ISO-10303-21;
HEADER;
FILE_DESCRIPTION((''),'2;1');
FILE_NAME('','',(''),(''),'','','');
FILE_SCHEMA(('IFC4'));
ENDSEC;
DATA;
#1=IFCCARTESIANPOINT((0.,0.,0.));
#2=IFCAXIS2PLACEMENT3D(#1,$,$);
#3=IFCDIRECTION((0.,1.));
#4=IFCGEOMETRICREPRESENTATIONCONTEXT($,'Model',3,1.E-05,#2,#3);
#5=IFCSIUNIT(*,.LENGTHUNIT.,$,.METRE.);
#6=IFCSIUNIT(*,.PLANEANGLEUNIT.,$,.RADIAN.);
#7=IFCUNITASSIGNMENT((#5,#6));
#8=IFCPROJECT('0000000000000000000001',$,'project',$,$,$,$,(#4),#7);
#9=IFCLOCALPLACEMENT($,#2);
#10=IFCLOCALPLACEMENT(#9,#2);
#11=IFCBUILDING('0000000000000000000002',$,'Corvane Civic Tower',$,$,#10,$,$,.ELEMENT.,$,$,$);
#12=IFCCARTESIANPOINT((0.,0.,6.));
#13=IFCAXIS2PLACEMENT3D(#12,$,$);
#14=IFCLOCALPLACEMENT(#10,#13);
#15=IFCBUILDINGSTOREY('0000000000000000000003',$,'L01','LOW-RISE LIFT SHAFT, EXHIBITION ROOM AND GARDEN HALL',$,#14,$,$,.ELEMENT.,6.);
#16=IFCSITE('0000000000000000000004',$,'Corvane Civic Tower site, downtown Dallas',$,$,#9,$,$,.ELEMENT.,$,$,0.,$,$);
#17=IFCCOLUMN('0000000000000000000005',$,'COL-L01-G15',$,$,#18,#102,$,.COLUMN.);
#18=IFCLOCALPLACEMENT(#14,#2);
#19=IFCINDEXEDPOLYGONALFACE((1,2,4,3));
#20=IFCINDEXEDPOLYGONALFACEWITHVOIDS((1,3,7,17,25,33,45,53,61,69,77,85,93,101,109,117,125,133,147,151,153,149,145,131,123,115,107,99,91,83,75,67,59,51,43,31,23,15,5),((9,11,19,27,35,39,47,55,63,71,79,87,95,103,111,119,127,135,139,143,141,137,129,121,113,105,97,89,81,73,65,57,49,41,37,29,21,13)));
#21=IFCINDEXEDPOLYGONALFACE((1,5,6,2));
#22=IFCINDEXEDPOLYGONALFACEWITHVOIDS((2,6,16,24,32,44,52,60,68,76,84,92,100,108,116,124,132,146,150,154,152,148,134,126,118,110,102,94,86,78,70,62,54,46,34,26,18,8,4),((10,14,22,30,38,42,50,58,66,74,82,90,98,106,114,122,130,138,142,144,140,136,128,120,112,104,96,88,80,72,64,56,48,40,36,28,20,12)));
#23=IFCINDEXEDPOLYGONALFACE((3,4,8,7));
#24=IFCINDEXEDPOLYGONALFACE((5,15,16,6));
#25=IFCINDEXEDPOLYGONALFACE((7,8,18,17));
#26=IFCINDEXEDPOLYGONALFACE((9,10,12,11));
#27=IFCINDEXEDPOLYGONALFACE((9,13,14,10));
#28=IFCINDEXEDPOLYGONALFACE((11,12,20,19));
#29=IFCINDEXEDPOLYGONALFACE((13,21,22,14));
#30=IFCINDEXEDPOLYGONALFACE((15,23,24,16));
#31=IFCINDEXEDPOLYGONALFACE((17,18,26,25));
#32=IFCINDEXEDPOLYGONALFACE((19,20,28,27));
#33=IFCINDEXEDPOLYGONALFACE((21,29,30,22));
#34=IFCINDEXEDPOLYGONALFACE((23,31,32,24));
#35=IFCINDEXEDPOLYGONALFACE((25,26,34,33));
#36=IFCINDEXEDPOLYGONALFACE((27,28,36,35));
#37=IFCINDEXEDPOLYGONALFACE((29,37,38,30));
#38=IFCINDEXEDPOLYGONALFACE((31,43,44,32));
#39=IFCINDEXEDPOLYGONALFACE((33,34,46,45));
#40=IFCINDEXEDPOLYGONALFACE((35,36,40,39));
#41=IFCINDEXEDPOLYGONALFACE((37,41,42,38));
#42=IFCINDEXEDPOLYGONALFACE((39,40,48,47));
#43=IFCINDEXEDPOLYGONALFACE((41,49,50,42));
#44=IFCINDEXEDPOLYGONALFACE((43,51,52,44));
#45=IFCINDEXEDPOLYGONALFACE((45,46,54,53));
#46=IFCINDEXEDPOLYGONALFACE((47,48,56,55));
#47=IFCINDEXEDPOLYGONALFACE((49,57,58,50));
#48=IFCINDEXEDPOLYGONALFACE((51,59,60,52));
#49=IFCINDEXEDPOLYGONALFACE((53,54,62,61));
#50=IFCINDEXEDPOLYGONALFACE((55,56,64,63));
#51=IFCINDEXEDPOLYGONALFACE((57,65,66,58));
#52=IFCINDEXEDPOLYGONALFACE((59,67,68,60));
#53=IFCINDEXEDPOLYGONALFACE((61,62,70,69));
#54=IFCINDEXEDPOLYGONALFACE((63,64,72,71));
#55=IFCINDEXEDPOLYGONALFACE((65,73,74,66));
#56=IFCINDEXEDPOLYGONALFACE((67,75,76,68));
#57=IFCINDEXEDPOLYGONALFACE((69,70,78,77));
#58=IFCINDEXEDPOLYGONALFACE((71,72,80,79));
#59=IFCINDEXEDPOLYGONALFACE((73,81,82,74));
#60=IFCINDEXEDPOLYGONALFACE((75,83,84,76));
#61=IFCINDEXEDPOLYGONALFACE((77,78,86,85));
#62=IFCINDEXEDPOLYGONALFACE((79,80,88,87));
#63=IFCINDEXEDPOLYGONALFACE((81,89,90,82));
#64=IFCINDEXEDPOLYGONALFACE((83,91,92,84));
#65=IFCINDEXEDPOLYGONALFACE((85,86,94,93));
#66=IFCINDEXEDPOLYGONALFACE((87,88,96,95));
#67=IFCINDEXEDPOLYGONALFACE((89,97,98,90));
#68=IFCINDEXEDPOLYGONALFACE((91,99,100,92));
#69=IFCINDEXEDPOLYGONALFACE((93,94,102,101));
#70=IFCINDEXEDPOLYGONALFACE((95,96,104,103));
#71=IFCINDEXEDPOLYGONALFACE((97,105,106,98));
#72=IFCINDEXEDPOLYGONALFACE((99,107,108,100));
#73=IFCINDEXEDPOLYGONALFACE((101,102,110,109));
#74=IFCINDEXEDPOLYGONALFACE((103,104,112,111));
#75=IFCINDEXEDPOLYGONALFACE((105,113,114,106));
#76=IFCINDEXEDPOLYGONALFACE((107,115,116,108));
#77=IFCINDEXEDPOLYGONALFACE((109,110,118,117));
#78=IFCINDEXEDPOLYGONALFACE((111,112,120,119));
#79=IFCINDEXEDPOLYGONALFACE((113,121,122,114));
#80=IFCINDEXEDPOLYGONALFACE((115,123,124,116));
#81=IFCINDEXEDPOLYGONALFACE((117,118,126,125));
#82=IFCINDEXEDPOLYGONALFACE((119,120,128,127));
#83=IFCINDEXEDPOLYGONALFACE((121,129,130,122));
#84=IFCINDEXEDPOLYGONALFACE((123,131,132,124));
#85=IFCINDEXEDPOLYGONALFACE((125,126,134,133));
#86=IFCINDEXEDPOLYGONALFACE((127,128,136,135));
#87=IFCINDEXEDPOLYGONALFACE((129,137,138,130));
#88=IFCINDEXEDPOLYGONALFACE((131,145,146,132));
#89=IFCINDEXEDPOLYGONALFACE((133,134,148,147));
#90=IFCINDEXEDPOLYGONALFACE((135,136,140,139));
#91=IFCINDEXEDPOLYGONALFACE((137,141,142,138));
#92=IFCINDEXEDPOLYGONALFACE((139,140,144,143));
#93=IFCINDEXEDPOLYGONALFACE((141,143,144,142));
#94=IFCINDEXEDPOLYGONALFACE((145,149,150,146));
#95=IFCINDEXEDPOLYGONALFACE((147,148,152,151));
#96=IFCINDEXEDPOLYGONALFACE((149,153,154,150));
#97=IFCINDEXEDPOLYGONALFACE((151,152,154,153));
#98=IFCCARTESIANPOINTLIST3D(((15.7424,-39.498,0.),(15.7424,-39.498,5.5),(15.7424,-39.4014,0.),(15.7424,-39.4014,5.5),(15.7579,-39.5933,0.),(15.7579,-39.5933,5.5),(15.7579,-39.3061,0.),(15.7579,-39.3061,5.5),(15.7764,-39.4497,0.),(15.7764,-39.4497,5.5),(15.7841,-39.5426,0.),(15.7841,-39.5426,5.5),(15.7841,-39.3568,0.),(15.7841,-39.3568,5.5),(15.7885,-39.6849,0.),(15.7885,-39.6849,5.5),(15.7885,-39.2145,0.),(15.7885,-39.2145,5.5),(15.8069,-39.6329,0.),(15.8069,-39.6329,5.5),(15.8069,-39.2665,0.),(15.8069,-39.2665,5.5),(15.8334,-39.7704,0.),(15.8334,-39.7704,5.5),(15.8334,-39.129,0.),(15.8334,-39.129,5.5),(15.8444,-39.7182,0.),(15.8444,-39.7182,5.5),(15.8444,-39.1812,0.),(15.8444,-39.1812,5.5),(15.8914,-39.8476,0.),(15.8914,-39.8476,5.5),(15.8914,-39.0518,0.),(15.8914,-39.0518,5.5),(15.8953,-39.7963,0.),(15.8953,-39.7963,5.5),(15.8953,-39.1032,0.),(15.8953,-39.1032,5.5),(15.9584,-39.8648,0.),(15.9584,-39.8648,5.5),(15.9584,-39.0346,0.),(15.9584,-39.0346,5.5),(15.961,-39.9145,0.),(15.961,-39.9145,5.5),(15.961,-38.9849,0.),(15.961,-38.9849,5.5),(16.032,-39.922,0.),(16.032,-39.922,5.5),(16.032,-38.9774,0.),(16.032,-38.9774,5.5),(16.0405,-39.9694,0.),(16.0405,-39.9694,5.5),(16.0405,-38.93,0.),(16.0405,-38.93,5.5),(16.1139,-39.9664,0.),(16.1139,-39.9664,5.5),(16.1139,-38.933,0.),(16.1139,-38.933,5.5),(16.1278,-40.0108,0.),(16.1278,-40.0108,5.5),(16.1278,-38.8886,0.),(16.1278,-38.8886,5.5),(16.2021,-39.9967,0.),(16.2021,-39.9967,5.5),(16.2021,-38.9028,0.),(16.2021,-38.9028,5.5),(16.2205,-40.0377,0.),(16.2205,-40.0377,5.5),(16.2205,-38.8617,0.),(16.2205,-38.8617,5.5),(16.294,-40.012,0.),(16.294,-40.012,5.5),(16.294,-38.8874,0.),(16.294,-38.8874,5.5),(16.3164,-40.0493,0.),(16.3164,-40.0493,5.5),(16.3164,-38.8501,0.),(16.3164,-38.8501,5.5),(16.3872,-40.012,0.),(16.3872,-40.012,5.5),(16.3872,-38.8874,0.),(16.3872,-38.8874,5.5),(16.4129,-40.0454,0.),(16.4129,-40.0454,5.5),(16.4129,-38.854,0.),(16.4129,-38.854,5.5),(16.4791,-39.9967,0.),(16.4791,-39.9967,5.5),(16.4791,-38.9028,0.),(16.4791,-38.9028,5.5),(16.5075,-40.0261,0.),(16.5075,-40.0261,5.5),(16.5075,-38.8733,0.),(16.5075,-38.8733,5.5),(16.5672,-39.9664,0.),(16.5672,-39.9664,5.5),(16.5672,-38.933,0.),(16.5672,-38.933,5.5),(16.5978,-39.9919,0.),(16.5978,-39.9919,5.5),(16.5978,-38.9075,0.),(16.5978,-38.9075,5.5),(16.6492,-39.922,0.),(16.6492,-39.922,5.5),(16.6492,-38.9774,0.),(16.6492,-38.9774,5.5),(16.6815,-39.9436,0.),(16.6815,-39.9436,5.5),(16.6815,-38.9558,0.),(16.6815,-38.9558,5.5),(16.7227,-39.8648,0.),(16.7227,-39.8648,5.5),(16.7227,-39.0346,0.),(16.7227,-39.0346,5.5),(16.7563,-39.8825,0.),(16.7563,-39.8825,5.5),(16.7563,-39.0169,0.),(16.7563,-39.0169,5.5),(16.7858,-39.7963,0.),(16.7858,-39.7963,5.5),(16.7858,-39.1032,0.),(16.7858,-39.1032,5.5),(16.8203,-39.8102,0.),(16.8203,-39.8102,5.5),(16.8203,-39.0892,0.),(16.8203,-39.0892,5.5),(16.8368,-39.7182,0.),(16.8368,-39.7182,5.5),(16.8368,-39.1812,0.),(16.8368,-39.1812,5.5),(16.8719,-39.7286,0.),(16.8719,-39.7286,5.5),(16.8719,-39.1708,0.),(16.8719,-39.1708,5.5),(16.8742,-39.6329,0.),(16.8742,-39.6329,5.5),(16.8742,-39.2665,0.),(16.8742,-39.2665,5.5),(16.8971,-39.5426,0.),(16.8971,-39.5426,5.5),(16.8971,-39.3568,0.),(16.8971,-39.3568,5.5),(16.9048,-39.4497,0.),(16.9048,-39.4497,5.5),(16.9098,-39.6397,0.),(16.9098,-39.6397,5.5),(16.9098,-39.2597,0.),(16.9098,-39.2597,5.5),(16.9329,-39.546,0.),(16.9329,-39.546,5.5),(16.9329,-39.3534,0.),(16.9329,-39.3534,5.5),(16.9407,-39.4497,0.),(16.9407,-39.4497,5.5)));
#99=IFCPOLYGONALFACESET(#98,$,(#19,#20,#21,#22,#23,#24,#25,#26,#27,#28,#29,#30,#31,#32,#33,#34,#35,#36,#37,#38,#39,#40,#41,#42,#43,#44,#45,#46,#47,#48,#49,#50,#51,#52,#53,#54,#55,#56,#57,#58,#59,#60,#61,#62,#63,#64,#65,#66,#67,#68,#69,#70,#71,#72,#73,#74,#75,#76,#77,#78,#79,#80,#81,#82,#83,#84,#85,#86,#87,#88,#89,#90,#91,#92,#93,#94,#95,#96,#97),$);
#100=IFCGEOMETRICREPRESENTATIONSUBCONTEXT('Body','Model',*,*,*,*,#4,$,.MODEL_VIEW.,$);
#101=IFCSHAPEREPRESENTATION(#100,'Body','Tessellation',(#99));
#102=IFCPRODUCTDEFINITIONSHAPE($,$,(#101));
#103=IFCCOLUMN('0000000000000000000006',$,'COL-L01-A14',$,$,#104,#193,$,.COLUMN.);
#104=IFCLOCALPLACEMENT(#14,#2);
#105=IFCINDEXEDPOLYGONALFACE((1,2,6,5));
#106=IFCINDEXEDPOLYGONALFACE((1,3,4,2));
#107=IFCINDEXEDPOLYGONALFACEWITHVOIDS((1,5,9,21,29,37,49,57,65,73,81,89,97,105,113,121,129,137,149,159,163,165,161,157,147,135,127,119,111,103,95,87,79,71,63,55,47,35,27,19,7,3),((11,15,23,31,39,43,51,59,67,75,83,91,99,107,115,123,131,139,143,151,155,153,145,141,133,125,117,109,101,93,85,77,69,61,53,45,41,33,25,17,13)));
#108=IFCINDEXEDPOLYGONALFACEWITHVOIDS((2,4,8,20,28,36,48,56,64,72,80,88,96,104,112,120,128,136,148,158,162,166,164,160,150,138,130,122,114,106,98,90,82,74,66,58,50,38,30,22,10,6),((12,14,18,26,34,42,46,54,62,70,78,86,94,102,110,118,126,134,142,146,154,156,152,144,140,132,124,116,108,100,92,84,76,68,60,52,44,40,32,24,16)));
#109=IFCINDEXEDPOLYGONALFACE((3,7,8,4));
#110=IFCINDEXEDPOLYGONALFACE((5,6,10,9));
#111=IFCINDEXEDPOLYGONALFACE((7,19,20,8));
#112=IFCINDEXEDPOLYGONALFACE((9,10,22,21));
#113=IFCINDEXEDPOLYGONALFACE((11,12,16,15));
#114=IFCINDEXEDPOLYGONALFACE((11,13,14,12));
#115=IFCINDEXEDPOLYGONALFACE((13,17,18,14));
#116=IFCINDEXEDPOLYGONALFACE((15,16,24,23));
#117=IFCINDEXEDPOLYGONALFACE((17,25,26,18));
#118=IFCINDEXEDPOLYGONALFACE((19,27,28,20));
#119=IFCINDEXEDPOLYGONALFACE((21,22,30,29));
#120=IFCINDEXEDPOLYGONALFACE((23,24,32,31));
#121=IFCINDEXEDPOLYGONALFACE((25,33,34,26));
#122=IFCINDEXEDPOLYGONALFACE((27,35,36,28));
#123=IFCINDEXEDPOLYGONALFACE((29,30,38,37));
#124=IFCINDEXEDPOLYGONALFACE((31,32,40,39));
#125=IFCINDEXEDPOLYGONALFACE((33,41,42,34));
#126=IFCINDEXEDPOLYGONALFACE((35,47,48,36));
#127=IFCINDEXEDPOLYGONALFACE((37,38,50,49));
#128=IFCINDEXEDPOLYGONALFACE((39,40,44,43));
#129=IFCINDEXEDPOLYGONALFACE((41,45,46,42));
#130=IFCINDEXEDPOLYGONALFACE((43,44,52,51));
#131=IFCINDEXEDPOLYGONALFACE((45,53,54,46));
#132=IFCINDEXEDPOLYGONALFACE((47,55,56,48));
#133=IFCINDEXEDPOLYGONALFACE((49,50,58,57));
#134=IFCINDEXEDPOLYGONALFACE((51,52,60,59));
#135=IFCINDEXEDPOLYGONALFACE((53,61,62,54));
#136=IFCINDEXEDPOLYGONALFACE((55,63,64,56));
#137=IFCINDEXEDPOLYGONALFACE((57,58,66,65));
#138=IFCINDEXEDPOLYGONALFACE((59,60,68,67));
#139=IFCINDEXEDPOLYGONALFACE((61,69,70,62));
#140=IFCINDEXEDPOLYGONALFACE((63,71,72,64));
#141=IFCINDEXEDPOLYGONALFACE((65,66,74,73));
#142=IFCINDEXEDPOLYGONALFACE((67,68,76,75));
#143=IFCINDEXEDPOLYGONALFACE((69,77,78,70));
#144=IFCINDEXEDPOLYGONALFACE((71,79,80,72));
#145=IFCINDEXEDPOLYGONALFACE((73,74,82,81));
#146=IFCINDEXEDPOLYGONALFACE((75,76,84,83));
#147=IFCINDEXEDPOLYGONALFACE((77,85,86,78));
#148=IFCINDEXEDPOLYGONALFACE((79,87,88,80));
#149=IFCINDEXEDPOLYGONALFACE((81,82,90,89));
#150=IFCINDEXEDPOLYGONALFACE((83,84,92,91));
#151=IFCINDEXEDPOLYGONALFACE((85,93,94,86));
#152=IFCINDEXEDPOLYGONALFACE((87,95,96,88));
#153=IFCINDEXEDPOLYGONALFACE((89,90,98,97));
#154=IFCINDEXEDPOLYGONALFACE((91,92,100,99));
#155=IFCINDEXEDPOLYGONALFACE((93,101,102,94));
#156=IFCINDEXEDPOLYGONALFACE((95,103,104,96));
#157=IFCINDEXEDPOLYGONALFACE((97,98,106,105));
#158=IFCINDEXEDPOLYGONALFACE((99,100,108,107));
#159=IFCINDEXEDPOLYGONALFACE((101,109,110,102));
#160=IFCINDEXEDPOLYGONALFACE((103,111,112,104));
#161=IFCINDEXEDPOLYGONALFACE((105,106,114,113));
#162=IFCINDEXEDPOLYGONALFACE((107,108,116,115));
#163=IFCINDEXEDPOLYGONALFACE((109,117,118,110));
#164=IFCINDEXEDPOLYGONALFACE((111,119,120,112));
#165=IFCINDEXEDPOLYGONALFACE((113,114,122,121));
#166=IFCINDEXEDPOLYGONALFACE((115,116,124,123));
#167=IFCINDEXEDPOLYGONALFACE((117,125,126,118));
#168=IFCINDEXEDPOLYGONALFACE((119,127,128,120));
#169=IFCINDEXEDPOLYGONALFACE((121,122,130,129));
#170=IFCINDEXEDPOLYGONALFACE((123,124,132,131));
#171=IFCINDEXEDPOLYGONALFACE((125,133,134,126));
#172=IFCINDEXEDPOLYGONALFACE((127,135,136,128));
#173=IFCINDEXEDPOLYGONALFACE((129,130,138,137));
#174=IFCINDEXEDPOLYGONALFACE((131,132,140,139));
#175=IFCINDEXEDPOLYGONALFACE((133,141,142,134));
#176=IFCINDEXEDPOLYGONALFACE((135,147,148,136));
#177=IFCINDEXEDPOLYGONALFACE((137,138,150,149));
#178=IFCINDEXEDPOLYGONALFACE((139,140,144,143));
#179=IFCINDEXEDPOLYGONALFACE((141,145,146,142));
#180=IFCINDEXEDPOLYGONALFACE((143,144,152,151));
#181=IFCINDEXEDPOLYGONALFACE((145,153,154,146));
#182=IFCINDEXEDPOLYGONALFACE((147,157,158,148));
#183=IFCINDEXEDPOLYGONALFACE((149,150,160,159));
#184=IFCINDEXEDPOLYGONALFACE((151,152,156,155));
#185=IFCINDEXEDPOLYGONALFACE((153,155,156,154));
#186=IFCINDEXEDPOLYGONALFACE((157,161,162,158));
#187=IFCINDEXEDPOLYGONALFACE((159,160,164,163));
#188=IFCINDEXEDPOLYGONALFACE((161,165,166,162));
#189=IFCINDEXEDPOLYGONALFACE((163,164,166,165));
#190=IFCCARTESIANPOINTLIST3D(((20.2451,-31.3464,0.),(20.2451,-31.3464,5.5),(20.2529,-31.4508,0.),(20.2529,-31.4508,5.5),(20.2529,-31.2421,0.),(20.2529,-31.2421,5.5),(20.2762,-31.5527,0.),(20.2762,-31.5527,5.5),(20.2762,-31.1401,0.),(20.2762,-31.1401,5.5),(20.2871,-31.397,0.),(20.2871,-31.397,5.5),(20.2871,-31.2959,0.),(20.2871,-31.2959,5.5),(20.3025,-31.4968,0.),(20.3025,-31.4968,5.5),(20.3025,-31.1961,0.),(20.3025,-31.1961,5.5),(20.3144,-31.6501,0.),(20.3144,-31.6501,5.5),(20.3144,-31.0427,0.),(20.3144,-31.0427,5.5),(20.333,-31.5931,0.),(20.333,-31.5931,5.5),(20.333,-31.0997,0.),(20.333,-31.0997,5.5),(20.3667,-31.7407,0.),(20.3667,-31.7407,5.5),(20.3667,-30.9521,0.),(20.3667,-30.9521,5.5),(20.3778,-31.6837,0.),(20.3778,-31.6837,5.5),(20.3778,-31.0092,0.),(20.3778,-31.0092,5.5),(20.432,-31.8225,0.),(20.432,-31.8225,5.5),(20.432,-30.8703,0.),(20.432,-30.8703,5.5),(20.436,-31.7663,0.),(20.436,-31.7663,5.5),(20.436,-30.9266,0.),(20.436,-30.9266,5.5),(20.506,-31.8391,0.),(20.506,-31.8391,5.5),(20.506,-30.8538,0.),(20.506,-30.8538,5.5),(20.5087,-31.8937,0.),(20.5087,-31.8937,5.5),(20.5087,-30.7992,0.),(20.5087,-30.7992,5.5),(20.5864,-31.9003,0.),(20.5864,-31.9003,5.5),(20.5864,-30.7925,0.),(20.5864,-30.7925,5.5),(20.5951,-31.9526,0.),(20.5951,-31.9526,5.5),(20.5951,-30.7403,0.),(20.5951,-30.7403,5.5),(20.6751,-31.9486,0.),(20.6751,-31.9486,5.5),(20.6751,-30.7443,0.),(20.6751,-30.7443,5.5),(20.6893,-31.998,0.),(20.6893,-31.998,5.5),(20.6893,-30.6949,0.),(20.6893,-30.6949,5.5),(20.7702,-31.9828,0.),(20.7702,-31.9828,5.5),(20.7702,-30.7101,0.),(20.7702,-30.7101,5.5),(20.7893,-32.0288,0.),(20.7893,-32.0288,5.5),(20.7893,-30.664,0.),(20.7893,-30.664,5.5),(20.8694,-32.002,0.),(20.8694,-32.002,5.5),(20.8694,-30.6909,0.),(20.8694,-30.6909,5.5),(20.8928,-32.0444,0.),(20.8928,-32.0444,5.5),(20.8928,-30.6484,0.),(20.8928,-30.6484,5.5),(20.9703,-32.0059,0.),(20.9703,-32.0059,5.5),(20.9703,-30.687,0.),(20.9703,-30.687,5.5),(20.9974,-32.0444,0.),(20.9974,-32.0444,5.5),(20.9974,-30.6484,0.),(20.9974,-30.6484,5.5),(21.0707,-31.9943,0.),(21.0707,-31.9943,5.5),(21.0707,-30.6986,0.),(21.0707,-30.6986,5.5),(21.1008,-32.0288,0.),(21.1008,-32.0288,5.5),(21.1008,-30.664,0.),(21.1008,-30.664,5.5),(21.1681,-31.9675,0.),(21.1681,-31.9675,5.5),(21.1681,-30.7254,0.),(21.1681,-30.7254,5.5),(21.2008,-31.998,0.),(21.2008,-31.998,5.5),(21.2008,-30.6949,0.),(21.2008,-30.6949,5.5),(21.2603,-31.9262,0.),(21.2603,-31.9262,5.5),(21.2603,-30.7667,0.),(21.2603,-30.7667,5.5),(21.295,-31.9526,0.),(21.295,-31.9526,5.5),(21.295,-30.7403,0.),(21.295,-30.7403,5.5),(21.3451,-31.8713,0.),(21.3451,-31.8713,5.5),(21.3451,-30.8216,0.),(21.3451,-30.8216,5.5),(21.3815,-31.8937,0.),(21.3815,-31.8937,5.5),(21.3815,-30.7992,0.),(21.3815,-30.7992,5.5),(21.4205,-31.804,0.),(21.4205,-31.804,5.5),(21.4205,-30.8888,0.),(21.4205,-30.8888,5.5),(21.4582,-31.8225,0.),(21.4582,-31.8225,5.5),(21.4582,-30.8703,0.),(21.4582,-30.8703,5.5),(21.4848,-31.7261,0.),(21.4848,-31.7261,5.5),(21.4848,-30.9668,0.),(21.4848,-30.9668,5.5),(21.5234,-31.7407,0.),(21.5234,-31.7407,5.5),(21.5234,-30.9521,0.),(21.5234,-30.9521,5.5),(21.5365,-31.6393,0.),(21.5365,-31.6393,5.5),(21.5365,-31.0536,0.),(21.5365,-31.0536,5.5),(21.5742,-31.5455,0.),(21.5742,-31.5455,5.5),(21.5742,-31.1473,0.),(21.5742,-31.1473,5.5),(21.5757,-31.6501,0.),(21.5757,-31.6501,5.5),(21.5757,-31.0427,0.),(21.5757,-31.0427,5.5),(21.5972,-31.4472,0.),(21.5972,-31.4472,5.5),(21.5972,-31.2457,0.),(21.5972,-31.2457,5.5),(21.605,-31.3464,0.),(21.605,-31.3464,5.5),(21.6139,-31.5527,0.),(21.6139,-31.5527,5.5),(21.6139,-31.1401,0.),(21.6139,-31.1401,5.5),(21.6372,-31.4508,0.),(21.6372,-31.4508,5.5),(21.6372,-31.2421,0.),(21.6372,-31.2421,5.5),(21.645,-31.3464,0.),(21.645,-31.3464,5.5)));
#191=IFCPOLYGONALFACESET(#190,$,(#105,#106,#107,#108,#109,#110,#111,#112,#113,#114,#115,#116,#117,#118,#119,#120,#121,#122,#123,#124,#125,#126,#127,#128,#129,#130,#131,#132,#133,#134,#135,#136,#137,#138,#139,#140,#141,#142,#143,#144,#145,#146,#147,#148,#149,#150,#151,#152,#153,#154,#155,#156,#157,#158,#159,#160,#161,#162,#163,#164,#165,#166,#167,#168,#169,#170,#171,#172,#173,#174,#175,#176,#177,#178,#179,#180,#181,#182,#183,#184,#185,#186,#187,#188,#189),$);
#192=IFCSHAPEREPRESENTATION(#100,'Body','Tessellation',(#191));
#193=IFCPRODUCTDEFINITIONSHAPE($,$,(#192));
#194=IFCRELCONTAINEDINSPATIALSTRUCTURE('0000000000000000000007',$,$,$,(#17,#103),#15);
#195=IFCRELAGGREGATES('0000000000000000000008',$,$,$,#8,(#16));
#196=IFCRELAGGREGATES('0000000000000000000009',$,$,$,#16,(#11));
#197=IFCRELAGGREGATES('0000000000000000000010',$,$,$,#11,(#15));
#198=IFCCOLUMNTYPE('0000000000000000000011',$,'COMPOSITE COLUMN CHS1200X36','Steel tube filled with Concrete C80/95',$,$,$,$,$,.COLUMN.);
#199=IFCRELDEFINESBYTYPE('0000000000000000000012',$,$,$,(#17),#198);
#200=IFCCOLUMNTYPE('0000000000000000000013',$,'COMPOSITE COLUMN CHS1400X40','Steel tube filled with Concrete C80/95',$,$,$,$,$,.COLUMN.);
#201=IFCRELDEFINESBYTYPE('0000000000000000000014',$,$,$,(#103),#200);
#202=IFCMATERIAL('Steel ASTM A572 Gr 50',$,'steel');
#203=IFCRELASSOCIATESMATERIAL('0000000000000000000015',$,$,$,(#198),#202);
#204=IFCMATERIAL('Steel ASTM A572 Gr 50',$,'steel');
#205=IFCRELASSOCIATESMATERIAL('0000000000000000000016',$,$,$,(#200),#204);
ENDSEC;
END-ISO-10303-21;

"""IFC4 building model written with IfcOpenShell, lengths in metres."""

from ifc_helpers import new_model, si_unit, direction, frame, origin, origin_2d, place, context, subcontext, project, spatial, hollow_circle, extrude, material, material_profile, profile_set, type_object, element, save


model = new_model("IFC4")

# Units and contexts
model_context = context("Model", 3, precision=1e-05, world=origin(), true_north=direction((0.0, 1.0)))
body_context = subcontext(model_context, "Body", "Model", "MODEL_VIEW")
ifc_project = project(units=[si_unit("LENGTHUNIT", "METRE"), si_unit("PLANEANGLEUNIT", "RADIAN")], contexts=[model_context])

# Site, building, storey
site_placement = place(None, origin())
site = spatial("IfcSite", under=ifc_project, at=site_placement, Name="Corvane Civic Tower site, downtown Dallas", CompositionType="ELEMENT", RefElevation=0.0)
building_placement = place(site_placement, origin())
building = spatial("IfcBuilding", under=site, at=building_placement, Name="Corvane Civic Tower", CompositionType="ELEMENT")
storey_placement = place(building_placement, frame((0.0, 0.0, 6.0)))
storey = spatial("IfcBuildingStorey", under=building, at=storey_placement, Name="L01", Description="LOW-RISE LIFT SHAFT, EXHIBITION ROOM AND GARDEN HALL", CompositionType="ELEMENT", Elevation=6.0)

# Columns
ifc_material_1 = material(Name="Steel ASTM A572 Gr 50", Category="steel")
ifc_material_profile_1 = material_profile(ifc_material_1, hollow_circle(Radius=0.6001, WallThickness=0.0359, at=origin_2d()), Name="CHS1200X36")
ifc_profile_set_1 = profile_set([ifc_material_profile_1], Name="Steel ASTM A572 Gr 50")
column_type_1 = type_object("IfcColumnType", Name="COMPOSITE COLUMN CHS1200X36", Description="Steel tube filled with Concrete C80/95", PredefinedType="COLUMN", material=ifc_profile_set_1)
column_placement = place(storey_placement, frame((16.3406, -39.4497, 0.0), z_axis=(0.0, 0.0, 1.0), x_axis=(1.0, 0.0, 0.0)))
element("IfcColumn", 1, at=column_placement, inside=storey, type_object=column_type_1, Name="COL-L01-G15", PredefinedType="COLUMN", context=body_context, shape_type="SweptSolid", body=[
    extrude(hollow_circle(Radius=0.6001, WallThickness=0.0359, at=origin_2d()), origin(), (0.0, 0.0, 1.0), 5.5),
])
ifc_material_2 = material(Name="Steel ASTM A572 Gr 50", Category="steel")
ifc_material_profile_2 = material_profile(ifc_material_2, hollow_circle(Radius=0.7, WallThickness=0.04, at=origin_2d()), Name="CHS1400X40")
ifc_profile_set_2 = profile_set([ifc_material_profile_2], Name="Steel ASTM A572 Gr 50")
column_type_2 = type_object("IfcColumnType", Name="COMPOSITE COLUMN CHS1400X40", Description="Steel tube filled with Concrete C80/95", PredefinedType="COLUMN", material=ifc_profile_set_2)
for number, where, z_axis, x_axis, name in (
    (2, (20.9451, -31.3464, 0.0), (0.0, 0.0, 1.0), (1.0, 0.0, 0.0), "COL-L01-A14"),
):
    element("IfcColumn", number, at=place(storey_placement, frame(where, z_axis=z_axis, x_axis=x_axis)), inside=storey, type_object=column_type_2, Name=name, PredefinedType="COLUMN", context=body_context, shape_type="SweptSolid", body=[
        extrude(hollow_circle(Radius=0.7, WallThickness=0.04, at=origin_2d()), origin(), (0.0, 0.0, 1.0), 5.5),
    ])

save(model, "model.ifc")
